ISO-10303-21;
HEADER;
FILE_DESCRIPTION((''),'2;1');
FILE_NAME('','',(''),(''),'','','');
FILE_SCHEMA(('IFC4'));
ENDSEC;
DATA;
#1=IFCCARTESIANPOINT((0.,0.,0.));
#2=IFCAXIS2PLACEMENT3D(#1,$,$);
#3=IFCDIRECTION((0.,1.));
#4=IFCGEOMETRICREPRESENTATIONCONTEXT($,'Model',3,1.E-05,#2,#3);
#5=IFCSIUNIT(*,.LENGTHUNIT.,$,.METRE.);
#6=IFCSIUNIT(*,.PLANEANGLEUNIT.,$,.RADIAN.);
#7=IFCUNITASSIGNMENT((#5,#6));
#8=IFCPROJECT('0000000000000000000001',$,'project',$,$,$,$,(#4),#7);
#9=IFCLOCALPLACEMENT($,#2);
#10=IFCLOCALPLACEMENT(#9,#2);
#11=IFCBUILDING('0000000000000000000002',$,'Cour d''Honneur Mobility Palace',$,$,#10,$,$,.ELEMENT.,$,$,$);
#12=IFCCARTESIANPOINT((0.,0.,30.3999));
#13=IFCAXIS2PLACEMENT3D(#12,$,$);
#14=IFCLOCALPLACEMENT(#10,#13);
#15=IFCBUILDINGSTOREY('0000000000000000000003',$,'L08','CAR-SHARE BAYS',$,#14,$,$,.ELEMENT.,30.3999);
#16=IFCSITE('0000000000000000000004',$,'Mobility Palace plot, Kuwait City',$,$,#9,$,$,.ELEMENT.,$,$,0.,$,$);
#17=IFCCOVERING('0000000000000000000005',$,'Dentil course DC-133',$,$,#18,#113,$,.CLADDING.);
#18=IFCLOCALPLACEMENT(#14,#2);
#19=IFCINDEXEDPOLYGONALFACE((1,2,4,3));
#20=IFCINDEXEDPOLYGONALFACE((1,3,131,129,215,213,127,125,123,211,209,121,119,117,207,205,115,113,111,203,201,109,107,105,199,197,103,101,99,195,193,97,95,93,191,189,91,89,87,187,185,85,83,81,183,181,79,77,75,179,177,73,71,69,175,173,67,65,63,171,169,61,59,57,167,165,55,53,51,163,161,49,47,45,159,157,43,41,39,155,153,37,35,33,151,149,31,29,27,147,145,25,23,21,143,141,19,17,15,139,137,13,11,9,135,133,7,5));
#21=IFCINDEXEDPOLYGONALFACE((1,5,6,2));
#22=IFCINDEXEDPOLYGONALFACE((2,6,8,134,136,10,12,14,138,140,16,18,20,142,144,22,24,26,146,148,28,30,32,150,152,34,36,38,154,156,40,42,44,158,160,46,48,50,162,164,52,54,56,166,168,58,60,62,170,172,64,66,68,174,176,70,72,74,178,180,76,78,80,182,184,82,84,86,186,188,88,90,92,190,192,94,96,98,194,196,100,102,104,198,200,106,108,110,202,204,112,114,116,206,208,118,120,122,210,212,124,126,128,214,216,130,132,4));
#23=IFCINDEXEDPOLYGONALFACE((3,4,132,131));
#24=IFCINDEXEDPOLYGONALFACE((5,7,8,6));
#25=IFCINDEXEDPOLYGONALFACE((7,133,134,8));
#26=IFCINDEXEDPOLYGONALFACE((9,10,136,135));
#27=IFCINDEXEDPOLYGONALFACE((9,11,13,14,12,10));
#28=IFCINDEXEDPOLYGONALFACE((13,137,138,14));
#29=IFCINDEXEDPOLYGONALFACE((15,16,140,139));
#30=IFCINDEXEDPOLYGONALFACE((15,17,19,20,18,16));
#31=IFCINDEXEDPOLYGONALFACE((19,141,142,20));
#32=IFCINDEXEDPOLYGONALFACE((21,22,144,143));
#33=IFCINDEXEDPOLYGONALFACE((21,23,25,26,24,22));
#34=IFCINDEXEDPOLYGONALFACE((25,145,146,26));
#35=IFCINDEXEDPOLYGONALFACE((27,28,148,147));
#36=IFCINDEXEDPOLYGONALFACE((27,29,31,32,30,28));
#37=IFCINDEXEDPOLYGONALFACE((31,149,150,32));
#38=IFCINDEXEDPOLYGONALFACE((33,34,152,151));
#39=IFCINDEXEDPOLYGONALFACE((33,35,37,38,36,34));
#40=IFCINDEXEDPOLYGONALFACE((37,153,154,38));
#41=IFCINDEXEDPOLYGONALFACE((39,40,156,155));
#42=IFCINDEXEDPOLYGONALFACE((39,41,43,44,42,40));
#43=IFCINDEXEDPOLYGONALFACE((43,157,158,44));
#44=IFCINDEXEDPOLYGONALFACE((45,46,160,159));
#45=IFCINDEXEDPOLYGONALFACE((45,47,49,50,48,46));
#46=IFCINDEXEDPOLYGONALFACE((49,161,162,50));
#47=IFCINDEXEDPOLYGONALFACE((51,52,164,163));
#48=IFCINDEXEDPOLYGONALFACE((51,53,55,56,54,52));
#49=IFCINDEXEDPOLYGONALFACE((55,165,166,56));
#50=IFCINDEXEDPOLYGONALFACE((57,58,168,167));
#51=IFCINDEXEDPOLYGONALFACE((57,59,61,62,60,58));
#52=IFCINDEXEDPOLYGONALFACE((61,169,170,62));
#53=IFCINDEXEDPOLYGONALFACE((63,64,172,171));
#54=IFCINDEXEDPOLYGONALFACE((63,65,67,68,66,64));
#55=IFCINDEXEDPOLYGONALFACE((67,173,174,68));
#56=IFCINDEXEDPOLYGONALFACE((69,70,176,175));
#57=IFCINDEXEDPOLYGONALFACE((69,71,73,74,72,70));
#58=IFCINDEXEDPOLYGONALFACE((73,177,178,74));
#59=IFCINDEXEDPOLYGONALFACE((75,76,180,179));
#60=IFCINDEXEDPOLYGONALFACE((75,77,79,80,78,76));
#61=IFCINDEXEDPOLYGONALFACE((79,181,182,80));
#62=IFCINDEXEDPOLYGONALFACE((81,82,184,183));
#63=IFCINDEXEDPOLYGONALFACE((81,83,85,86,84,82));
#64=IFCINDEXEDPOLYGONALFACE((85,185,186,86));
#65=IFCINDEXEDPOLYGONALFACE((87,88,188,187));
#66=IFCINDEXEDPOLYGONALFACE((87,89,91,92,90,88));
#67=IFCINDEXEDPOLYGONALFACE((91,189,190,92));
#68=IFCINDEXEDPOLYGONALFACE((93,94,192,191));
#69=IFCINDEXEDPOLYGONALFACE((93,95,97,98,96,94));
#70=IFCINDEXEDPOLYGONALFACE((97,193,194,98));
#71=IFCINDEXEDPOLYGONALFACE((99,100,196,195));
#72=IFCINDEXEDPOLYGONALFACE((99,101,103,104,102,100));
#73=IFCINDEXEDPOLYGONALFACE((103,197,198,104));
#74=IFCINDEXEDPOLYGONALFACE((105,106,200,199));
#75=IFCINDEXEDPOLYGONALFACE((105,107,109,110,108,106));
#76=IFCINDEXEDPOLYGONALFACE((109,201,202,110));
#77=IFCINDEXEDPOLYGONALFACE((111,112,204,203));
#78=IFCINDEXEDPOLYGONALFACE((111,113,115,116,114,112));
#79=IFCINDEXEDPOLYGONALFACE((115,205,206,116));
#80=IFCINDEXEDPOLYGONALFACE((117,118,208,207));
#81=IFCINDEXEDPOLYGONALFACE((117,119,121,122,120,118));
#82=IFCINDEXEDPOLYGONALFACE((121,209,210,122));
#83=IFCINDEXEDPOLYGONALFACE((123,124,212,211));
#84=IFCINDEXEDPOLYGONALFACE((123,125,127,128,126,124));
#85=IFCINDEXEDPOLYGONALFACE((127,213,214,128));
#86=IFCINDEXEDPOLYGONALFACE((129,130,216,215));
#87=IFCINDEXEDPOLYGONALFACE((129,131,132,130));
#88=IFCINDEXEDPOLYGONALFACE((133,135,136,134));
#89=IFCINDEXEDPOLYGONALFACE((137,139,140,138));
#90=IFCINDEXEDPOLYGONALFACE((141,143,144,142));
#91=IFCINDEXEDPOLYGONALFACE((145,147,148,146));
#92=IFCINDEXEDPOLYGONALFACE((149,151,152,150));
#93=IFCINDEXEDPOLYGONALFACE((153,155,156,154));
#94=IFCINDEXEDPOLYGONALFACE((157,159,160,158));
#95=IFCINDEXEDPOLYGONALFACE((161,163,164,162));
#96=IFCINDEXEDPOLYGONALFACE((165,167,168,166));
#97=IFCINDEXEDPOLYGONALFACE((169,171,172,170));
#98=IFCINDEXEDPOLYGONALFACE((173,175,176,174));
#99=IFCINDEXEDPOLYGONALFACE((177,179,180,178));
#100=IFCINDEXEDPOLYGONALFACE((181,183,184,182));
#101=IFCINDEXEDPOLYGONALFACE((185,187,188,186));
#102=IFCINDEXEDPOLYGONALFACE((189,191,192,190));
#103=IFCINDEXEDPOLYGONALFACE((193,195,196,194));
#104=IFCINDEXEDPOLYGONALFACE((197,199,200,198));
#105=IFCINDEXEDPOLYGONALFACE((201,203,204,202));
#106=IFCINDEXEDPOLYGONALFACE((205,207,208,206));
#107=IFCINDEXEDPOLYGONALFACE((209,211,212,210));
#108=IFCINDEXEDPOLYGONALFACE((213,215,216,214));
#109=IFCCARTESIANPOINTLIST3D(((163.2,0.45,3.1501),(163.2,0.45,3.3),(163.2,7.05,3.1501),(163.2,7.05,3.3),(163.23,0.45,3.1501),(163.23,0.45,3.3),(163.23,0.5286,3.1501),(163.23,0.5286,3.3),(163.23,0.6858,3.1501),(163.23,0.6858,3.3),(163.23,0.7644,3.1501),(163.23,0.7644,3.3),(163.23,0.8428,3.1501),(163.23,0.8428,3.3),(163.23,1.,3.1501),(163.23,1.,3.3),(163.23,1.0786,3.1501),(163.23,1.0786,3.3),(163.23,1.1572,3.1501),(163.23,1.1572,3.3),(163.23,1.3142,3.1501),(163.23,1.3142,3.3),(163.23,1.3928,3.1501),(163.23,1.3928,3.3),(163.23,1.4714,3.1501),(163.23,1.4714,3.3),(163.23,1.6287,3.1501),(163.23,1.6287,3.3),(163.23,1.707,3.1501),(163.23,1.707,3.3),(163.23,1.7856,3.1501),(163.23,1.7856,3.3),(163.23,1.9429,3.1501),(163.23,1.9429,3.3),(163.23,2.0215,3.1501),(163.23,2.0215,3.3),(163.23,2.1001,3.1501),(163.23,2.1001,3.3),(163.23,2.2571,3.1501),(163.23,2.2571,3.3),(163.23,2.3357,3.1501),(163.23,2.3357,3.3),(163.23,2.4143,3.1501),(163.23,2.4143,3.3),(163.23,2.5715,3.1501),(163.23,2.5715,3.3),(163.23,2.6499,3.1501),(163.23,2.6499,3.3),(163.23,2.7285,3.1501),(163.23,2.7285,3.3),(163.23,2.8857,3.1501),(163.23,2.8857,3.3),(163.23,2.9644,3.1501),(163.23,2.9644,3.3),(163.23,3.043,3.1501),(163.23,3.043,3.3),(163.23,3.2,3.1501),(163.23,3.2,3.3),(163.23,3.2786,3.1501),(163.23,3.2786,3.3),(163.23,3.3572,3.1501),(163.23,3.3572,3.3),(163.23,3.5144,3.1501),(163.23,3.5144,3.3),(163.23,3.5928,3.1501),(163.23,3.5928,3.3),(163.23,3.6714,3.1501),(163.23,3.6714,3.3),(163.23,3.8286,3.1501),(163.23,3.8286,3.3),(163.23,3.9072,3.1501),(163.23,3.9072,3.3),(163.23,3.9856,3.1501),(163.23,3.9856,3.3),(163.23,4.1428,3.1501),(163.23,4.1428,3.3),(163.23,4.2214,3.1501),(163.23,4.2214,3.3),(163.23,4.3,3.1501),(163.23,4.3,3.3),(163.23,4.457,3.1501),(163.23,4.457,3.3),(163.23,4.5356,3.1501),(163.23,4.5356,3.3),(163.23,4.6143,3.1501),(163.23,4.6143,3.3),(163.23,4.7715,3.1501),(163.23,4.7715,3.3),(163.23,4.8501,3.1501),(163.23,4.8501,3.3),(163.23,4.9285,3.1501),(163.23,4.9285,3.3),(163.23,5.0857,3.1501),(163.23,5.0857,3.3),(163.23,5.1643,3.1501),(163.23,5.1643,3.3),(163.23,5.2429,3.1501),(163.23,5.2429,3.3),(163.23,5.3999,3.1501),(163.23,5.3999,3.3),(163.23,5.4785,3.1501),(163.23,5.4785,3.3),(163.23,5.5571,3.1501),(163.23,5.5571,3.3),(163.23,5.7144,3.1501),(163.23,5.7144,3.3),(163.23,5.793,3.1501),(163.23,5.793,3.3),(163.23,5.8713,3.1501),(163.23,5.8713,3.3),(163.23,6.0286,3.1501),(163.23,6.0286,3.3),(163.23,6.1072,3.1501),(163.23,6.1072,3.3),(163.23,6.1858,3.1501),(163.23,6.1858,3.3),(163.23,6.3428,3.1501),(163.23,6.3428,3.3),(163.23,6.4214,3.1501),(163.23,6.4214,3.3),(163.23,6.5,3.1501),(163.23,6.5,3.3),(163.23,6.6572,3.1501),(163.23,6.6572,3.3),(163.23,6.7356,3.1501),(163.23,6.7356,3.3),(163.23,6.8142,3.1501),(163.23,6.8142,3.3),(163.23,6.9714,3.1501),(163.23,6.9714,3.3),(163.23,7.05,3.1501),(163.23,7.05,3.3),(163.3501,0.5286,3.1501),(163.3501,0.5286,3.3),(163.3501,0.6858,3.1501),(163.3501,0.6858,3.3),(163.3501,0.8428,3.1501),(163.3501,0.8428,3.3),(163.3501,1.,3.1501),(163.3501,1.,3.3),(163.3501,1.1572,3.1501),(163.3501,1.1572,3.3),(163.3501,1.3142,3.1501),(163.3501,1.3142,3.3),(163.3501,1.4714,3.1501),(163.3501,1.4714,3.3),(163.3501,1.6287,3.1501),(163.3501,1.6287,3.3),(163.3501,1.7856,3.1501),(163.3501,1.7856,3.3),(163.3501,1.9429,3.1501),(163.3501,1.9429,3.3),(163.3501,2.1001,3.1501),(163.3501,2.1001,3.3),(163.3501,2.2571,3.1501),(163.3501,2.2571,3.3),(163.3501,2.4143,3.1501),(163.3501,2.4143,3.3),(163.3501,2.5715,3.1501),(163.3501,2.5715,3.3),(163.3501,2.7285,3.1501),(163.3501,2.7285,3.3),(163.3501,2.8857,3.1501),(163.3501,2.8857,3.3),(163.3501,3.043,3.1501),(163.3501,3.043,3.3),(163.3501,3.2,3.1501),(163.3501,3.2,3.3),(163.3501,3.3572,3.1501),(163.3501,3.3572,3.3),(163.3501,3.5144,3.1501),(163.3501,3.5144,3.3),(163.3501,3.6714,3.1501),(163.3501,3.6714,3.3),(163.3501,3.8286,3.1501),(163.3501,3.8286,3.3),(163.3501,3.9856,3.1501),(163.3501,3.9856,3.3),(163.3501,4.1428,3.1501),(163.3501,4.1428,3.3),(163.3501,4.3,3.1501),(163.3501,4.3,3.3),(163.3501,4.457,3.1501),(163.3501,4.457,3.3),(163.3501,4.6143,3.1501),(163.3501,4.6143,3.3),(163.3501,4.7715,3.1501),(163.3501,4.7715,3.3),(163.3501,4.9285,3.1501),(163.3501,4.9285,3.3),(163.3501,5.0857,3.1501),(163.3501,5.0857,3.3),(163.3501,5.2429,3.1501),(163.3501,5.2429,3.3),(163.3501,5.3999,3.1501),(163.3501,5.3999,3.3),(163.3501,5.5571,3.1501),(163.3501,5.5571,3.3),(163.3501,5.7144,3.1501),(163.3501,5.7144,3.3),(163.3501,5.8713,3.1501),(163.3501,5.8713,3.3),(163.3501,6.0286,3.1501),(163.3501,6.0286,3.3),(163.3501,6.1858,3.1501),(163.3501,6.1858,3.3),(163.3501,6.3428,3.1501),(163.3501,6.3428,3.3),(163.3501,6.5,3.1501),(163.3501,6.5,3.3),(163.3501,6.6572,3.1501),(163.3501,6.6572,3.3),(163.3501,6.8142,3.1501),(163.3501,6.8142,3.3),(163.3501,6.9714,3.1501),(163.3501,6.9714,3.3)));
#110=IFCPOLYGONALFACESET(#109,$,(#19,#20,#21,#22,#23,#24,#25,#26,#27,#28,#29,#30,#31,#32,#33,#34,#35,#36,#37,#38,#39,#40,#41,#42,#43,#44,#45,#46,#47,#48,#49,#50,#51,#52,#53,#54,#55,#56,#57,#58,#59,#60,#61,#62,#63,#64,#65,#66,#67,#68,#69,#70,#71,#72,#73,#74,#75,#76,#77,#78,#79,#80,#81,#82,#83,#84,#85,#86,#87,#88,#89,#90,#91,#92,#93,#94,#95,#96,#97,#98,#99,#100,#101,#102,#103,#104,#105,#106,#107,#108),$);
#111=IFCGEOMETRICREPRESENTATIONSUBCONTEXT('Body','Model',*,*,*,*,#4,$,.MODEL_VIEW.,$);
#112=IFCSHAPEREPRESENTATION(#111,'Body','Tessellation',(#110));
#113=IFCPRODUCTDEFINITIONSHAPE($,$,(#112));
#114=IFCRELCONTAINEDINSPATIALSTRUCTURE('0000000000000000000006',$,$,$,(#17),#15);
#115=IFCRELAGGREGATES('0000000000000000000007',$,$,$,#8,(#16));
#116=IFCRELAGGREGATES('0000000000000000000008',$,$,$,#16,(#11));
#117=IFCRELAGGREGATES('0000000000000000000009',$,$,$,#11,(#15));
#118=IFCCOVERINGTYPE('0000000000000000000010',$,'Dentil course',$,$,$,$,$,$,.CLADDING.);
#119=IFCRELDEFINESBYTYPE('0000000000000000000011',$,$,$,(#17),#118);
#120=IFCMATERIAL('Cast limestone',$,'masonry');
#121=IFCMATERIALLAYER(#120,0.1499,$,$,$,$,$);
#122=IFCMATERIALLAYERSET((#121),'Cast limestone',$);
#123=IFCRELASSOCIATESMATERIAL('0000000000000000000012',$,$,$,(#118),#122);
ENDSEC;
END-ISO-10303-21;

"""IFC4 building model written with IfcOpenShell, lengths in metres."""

from ifc_helpers import new_model, si_unit, direction, frame, origin, place, context, subcontext, project, spatial, polyline, outline, extrude, material, layer, layer_set, type_object, element, save


model = new_model("IFC4")

# Units and contexts
model_context = context("Model", 3, precision=1e-05, world=origin(), true_north=direction((0.0, 1.0)))
body_context = subcontext(model_context, "Body", "Model", "MODEL_VIEW")
ifc_project = project(units=[si_unit("LENGTHUNIT", "METRE"), si_unit("PLANEANGLEUNIT", "RADIAN")], contexts=[model_context])

# Site, building, storey
site_placement = place(None, origin())
site = spatial("IfcSite", under=ifc_project, at=site_placement, Name="Mobility Palace plot, Kuwait City", CompositionType="ELEMENT", RefElevation=0.0)
building_placement = place(site_placement, origin())
building = spatial("IfcBuilding", under=site, at=building_placement, Name="Cour d'Honneur Mobility Palace", CompositionType="ELEMENT")
storey_placement = place(building_placement, frame((0.0, 0.0, 30.3999)))
storey = spatial("IfcBuildingStorey", under=building, at=storey_placement, Name="L08", Description="CAR-SHARE BAYS", CompositionType="ELEMENT", Elevation=30.3999)

# Covering
ifc_material_1 = material(Name="Cast limestone", Category="masonry")
ifc_layer_1 = layer(ifc_material_1, 0.1499)
ifc_layer_set_1 = layer_set([ifc_layer_1], Name="Cast limestone")
covering_type_1 = type_object("IfcCoveringType", Name="Dentil course", PredefinedType="CLADDING", material=ifc_layer_set_1)
covering_1_placement = place(storey_placement, frame((0.0, 0.0, 3.1501)))
element("IfcCovering", 1, at=covering_1_placement, inside=storey, type_object=covering_type_1, Name="Dentil course DC-133", PredefinedType="CLADDING", context=body_context, shape_type="SweptSolid", body=[
    extrude(outline(polyline([(163.2, 0.45), (163.2, 7.05), (163.23, 7.05), (163.23, 7.05), (163.23, 6.9714), (163.3501, 6.9714), (163.3501, 6.8142), (163.23, 6.8142), (163.23, 6.7356), (163.23, 6.7356), (163.23, 6.6572), (163.3501, 6.6572), (163.3501, 6.5), (163.23, 6.5), (163.23, 6.4214), (163.23, 6.4214), (163.23, 6.3428), (163.3501, 6.3428), (163.3501, 6.1858), (163.23, 6.1858), (163.23, 6.1072), (163.23, 6.1072), (163.23, 6.0286), (163.3501, 6.0286), (163.3501, 5.8713), (163.23, 5.8713), (163.23, 5.793), (163.23, 5.793), (163.23, 5.7144), (163.3501, 5.7144), (163.3501, 5.5571), (163.23, 5.5571), (163.23, 5.4785), (163.23, 5.4785), (163.23, 5.3999), (163.3501, 5.3999), (163.3501, 5.2429), (163.23, 5.2429), (163.23, 5.1643), (163.23, 5.1643), (163.23, 5.0857), (163.3501, 5.0857), (163.3501, 4.9285), (163.23, 4.9285), (163.23, 4.8501), (163.23, 4.8501), (163.23, 4.7715), (163.3501, 4.7715), (163.3501, 4.6143), (163.23, 4.6143), (163.23, 4.5356), (163.23, 4.5356), (163.23, 4.457), (163.3501, 4.457), (163.3501, 4.3), (163.23, 4.3), (163.23, 4.2214), (163.23, 4.2214), (163.23, 4.1428), (163.3501, 4.1428), (163.3501, 3.9856), (163.23, 3.9856), (163.23, 3.9072), (163.23, 3.9072), (163.23, 3.8286), (163.3501, 3.8286), (163.3501, 3.6714), (163.23, 3.6714), (163.23, 3.5928), (163.23, 3.5928), (163.23, 3.5144), (163.3501, 3.5144), (163.3501, 3.3572), (163.23, 3.3572), (163.23, 3.2786), (163.23, 3.2786), (163.23, 3.2), (163.3501, 3.2), (163.3501, 3.043), (163.23, 3.043), (163.23, 2.9644), (163.23, 2.9644), (163.23, 2.8857), (163.3501, 2.8857), (163.3501, 2.7285), (163.23, 2.7285), (163.23, 2.6499), (163.23, 2.6499), (163.23, 2.5715), (163.3501, 2.5715), (163.3501, 2.4143), (163.23, 2.4143), (163.23, 2.3357), (163.23, 2.3357), (163.23, 2.2571), (163.3501, 2.2571), (163.3501, 2.1001), (163.23, 2.1001), (163.23, 2.0215), (163.23, 2.0215), (163.23, 1.9429), (163.3501, 1.9429), (163.3501, 1.7856), (163.23, 1.7856), (163.23, 1.707), (163.23, 1.707), (163.23, 1.6287), (163.3501, 1.6287), (163.3501, 1.4714), (163.23, 1.4714), (163.23, 1.3928), (163.23, 1.3928), (163.23, 1.3142), (163.3501, 1.3142), (163.3501, 1.1572), (163.23, 1.1572), (163.23, 1.0786), (163.23, 1.0786), (163.23, 1.0), (163.3501, 1.0), (163.3501, 0.8428), (163.23, 0.8428), (163.23, 0.7644), (163.23, 0.7644), (163.23, 0.6858), (163.3501, 0.6858), (163.3501, 0.5286), (163.23, 0.5286), (163.23, 0.45), (163.2, 0.45)])), origin(), (0.0, 0.0, 1.0), 0.1499),
])

save(model, "model.ifc")
